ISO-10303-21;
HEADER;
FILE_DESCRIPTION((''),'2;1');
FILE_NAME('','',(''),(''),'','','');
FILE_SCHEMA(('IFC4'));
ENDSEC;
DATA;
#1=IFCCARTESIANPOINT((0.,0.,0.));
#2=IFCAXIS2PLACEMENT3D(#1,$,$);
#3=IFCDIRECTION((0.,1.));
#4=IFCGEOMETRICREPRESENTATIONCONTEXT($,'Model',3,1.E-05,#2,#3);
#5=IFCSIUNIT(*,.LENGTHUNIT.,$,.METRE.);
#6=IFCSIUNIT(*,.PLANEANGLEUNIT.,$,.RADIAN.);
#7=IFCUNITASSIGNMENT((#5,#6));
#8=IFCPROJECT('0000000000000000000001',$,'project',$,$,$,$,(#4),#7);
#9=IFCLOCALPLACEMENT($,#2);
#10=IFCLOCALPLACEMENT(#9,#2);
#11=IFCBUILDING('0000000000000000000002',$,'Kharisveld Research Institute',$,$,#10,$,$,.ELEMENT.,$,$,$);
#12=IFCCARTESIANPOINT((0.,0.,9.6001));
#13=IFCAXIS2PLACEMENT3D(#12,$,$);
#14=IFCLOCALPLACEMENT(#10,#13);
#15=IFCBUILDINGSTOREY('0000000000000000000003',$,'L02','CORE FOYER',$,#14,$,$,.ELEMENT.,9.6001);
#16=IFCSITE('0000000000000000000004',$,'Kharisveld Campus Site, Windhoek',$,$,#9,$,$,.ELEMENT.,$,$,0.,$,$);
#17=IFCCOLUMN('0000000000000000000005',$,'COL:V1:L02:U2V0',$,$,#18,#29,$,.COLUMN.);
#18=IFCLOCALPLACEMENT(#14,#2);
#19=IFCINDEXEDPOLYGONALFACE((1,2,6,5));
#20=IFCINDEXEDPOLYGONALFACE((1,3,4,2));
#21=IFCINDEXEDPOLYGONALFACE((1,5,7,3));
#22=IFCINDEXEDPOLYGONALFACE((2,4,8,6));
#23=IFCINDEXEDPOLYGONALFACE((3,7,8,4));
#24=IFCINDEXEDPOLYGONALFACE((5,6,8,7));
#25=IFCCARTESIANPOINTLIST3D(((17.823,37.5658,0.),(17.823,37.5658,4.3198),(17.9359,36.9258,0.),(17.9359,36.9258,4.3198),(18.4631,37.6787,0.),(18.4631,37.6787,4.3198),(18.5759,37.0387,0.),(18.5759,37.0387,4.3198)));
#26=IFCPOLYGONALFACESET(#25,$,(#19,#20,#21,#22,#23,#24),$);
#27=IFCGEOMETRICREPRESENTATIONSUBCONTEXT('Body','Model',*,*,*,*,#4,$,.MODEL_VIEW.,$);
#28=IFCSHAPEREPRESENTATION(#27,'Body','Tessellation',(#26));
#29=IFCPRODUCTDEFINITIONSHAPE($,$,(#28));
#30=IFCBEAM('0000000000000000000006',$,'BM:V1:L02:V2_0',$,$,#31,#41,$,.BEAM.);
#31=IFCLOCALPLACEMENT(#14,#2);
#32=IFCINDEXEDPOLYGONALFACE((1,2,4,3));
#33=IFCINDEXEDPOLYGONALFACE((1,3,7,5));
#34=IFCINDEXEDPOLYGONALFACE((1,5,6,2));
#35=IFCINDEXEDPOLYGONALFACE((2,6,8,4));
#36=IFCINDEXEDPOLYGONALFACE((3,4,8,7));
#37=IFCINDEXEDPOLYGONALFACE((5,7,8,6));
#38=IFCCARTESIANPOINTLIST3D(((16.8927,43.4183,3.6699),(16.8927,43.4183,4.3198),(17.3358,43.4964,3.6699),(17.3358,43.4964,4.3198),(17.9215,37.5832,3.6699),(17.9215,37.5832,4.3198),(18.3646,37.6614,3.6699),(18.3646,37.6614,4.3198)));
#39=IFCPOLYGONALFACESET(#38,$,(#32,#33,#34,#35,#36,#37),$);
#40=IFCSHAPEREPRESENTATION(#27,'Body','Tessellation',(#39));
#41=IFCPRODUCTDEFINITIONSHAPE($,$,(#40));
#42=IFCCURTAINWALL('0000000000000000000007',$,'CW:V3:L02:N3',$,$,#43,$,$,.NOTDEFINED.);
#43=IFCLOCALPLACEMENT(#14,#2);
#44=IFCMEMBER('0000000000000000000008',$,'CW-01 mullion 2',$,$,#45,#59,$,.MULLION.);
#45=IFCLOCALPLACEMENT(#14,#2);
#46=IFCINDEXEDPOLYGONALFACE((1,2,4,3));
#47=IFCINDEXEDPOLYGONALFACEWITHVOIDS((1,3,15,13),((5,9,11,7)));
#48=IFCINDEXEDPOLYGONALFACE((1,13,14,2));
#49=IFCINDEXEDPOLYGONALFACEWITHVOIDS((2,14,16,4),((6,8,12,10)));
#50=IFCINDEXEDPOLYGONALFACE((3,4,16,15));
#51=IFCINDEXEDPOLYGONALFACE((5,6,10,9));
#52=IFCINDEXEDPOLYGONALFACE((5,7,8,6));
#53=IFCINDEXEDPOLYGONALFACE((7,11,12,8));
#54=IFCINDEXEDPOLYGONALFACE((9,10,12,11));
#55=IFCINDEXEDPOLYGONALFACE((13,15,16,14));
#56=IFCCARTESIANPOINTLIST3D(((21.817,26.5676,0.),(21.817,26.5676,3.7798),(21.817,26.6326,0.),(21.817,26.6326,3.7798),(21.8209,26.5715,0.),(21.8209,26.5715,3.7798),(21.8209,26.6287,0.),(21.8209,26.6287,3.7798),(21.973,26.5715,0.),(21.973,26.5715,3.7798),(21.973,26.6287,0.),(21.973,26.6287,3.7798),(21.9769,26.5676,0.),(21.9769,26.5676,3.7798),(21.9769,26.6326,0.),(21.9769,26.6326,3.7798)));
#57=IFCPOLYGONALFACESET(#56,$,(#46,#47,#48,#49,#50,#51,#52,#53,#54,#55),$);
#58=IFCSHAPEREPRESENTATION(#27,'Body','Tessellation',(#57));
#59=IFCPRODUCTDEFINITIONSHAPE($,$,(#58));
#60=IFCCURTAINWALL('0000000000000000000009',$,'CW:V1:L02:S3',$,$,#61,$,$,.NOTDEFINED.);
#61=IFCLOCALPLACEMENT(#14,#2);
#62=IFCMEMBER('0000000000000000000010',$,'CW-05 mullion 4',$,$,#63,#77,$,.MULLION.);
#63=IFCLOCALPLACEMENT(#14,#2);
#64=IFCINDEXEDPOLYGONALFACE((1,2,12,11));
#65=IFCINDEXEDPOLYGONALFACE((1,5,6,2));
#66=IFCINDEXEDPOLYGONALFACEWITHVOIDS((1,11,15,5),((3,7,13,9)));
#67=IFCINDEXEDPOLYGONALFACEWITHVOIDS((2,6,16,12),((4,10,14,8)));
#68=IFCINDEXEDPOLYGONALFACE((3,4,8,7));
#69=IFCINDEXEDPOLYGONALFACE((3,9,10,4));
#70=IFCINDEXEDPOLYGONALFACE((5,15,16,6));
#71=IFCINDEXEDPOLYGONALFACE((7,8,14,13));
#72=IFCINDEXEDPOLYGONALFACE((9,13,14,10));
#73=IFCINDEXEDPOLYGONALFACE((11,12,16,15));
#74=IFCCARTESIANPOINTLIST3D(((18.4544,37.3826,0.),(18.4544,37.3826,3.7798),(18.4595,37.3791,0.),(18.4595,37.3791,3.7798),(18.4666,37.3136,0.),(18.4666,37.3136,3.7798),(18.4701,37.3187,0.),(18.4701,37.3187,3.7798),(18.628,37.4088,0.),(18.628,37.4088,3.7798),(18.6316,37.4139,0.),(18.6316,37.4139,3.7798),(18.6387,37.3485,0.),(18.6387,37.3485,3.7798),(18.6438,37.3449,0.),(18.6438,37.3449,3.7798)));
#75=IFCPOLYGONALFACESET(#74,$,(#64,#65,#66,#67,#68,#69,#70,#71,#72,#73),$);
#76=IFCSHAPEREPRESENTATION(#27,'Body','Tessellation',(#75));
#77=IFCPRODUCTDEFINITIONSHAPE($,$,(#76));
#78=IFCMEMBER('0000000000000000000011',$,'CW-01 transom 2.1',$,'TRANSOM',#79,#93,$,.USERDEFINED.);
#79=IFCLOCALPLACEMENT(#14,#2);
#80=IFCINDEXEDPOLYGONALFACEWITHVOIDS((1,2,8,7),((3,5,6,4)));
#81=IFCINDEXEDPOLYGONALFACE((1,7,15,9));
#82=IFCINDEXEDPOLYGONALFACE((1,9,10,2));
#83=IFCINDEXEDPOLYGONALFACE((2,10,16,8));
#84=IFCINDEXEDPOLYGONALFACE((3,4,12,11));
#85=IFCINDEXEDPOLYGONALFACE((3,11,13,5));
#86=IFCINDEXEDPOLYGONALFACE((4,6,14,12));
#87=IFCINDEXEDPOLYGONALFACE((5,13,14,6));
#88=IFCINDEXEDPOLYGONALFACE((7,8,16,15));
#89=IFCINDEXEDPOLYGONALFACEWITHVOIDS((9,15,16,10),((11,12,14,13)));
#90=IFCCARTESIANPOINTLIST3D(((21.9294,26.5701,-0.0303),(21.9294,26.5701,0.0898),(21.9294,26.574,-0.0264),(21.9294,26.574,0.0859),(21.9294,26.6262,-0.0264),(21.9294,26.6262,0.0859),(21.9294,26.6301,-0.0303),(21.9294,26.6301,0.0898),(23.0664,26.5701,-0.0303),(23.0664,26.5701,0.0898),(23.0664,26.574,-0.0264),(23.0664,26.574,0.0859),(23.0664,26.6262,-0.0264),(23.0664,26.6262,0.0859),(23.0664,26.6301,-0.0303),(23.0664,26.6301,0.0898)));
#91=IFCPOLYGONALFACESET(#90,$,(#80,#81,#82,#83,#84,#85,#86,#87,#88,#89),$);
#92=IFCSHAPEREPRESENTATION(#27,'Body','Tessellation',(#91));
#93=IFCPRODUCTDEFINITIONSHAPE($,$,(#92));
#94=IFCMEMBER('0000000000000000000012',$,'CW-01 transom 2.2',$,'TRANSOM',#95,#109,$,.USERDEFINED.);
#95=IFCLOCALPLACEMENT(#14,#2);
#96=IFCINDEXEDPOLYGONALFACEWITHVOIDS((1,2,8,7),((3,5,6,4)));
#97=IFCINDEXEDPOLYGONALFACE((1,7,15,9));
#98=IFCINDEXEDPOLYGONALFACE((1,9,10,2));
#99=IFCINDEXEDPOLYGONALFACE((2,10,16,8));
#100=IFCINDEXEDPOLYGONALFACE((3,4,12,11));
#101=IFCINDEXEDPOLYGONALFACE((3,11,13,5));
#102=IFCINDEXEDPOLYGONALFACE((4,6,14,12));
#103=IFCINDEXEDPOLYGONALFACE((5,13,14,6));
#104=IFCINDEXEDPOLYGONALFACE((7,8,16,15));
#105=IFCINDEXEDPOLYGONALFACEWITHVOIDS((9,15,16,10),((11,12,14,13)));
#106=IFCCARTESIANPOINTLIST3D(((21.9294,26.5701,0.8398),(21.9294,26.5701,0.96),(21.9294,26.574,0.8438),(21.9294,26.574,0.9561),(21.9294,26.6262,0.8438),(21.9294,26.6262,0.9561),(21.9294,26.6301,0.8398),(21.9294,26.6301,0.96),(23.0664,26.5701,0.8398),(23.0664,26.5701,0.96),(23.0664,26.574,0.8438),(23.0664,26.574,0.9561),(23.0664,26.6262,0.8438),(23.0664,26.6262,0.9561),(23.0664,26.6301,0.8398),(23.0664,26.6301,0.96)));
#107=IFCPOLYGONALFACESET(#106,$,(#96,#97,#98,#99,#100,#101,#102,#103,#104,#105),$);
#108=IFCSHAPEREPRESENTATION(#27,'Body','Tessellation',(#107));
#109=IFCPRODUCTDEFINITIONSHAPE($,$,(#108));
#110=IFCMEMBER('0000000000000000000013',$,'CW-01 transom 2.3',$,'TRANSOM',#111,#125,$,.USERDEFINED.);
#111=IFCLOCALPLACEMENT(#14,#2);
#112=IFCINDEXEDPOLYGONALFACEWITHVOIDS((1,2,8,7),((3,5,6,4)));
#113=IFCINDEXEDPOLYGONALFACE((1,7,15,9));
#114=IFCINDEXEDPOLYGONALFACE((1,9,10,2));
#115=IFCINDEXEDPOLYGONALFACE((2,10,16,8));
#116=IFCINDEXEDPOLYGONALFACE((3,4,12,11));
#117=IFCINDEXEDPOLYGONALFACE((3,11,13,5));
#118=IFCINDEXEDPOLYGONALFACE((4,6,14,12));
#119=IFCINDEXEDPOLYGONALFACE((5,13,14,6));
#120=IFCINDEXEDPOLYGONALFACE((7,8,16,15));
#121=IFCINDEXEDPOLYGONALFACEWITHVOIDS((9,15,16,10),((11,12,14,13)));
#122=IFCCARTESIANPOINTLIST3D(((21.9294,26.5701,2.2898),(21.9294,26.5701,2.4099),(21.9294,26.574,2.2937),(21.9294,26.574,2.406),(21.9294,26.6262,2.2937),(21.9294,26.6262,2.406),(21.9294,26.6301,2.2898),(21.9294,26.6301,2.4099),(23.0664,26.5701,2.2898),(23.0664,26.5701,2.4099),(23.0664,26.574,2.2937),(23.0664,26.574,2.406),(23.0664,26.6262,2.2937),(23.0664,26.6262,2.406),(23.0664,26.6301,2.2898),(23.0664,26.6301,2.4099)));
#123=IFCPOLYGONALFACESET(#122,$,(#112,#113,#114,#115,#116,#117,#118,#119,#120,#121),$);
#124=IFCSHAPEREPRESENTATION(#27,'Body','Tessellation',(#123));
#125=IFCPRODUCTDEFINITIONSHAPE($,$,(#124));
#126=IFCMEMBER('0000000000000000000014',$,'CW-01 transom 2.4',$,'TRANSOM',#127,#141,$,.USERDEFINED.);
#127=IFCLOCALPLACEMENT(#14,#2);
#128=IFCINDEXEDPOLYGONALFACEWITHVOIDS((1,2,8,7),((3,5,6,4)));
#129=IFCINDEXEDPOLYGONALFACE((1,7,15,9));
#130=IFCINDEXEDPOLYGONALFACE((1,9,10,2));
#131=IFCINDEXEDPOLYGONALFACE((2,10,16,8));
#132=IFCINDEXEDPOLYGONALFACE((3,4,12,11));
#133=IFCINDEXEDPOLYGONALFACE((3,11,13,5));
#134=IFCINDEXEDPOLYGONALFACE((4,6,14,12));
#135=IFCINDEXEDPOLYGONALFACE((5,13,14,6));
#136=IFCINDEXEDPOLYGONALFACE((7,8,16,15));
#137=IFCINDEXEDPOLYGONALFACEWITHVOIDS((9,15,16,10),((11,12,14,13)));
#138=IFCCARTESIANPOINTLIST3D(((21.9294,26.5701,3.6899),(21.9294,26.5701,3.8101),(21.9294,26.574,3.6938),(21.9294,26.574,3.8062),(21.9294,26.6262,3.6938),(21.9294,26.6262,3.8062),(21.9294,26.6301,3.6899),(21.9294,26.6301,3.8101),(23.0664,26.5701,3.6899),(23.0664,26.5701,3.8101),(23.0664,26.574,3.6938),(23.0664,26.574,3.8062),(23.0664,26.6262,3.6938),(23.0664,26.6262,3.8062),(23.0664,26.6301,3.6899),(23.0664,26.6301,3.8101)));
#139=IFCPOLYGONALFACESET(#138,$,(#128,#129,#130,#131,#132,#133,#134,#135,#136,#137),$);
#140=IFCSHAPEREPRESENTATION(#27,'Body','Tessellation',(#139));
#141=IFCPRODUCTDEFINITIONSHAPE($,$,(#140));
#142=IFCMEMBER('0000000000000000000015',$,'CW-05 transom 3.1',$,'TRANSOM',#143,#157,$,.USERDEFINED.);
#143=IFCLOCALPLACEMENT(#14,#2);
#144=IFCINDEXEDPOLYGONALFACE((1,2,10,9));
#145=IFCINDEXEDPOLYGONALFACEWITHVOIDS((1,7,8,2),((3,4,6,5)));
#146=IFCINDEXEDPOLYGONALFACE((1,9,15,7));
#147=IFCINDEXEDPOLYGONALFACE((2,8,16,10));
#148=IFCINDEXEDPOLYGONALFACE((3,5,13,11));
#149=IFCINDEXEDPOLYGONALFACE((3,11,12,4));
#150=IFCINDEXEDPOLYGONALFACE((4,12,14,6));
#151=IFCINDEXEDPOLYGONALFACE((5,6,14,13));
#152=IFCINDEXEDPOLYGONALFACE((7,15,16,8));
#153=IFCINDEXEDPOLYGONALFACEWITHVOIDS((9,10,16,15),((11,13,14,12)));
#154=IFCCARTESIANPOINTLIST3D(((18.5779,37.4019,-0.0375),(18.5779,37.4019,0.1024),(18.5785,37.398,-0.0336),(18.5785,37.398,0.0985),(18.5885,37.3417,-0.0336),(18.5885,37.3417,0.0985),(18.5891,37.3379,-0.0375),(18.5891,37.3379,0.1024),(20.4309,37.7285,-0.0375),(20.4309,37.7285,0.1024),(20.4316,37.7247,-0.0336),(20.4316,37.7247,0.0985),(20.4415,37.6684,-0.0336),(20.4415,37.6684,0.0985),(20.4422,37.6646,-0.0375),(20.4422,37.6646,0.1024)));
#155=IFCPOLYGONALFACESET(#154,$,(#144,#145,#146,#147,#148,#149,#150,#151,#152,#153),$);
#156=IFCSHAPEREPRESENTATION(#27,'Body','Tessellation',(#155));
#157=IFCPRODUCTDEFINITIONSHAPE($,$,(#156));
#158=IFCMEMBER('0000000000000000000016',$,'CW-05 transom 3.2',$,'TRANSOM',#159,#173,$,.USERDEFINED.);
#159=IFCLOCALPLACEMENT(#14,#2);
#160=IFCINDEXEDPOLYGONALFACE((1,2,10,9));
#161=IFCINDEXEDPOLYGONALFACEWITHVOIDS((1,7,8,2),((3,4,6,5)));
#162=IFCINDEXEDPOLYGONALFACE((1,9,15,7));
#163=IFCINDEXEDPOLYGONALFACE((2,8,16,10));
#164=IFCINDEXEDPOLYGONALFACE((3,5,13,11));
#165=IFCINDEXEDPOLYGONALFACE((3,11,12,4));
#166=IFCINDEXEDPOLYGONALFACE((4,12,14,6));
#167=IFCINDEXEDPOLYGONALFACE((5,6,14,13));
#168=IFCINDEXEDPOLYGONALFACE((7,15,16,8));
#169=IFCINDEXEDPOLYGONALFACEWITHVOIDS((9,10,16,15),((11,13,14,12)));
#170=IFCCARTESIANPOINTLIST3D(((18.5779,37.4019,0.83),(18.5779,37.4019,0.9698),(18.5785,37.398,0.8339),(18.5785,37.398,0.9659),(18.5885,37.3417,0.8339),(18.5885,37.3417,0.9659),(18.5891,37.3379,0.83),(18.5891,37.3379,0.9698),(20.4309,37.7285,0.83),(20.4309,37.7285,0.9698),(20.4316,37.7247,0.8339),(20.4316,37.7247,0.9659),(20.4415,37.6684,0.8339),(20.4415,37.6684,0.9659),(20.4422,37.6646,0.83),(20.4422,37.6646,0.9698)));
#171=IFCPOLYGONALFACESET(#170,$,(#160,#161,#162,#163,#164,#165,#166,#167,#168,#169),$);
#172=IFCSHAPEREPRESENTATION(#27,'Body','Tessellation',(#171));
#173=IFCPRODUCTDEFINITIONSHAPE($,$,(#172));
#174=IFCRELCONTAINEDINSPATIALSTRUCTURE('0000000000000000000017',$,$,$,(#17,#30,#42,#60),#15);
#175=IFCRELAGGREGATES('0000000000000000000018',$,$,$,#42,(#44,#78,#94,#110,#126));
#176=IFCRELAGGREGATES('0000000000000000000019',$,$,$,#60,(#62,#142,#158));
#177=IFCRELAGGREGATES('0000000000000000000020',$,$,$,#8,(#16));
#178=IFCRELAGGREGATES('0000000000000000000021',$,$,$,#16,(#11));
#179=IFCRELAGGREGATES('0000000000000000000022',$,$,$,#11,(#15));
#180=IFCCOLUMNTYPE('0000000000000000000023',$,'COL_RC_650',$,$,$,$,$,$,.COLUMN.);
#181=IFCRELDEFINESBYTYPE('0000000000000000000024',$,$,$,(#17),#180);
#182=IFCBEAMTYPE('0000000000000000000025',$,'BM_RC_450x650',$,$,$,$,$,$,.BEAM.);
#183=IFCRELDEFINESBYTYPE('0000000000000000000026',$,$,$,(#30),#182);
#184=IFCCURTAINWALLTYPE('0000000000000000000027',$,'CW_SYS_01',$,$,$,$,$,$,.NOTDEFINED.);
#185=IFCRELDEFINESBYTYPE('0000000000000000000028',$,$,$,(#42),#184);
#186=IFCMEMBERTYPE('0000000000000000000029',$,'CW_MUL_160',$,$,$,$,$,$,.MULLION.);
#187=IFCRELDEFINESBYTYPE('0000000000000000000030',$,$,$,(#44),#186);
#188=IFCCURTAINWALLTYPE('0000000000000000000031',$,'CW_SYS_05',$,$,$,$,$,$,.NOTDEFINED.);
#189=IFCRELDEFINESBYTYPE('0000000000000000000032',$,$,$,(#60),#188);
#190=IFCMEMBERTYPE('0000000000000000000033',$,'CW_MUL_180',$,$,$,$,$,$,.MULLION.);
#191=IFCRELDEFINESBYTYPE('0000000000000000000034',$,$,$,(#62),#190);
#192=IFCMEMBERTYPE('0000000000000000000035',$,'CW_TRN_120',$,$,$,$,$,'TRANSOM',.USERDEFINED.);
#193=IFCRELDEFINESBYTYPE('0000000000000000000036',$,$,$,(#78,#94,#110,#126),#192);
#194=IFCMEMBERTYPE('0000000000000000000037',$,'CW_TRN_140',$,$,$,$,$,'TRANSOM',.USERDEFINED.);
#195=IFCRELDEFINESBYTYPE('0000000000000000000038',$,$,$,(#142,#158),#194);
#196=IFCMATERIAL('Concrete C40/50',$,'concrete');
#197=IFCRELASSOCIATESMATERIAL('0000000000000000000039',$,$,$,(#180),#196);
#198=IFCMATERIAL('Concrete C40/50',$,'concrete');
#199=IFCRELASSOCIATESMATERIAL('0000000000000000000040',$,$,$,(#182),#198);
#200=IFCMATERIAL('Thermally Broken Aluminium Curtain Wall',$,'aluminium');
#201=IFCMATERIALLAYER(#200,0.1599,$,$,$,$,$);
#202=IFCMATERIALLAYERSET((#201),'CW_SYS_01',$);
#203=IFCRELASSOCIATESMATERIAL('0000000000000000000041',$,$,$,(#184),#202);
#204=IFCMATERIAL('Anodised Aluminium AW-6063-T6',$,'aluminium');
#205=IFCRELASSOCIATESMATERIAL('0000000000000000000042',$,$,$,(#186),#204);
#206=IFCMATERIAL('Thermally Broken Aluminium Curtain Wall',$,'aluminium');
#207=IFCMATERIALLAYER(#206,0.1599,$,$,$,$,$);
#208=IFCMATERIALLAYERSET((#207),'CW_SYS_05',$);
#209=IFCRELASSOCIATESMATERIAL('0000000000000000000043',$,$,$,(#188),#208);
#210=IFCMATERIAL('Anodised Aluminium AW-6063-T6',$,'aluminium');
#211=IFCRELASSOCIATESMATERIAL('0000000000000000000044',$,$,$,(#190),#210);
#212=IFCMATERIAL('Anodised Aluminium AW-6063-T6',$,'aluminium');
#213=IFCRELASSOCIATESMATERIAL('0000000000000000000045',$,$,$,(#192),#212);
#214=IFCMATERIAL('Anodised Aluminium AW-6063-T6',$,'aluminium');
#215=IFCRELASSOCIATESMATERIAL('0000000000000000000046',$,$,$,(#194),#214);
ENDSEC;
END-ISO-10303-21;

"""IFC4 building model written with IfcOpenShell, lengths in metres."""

from ifc_helpers import new_model, si_unit, direction, frame, origin, origin_2d, place, context, subcontext, project, spatial, rectangle, hollow_rectangle, extrude, material, layer, layer_set, material_profile, profile_set, type_object, element, aggregate, save


model = new_model("IFC4")

# Units and contexts
model_context = context("Model", 3, precision=1e-05, world=origin(), true_north=direction((0.0, 1.0)))
body_context = subcontext(model_context, "Body", "Model", "MODEL_VIEW")
ifc_project = project(units=[si_unit("LENGTHUNIT", "METRE"), si_unit("PLANEANGLEUNIT", "RADIAN")], contexts=[model_context])

# Site, building, storey
site_placement = place(None, origin())
site = spatial("IfcSite", under=ifc_project, at=site_placement, Name="Kharisveld Campus Site, Windhoek", CompositionType="ELEMENT", RefElevation=0.0)
building_placement = place(site_placement, origin())
building = spatial("IfcBuilding", under=site, at=building_placement, Name="Kharisveld Research Institute", CompositionType="ELEMENT")
storey_placement = place(building_placement, frame((0.0, 0.0, 9.6001)))
storey = spatial("IfcBuildingStorey", under=building, at=storey_placement, Name="L02", Description="CORE FOYER", CompositionType="ELEMENT", Elevation=9.6001)

# Column
ifc_material_1 = material(Name="Concrete C40/50", Category="concrete")
ifc_material_profile_1 = material_profile(ifc_material_1, rectangle(XDim=0.6499, YDim=0.6499, at=origin_2d()))
ifc_profile_set_1 = profile_set([ifc_material_profile_1], Name="Concrete C40/50")
column_type = type_object("IfcColumnType", Name="COL_RC_650", PredefinedType="COLUMN", material=ifc_profile_set_1)
column_placement = place(storey_placement, frame((18.1995, 37.3022, 0.0), z_axis=(0.0, 0.0, 1.0), x_axis=(0.984808, 0.173648, 0.0)))
element("IfcColumn", 1, at=column_placement, inside=storey, type_object=column_type, Name="COL:V1:L02:U2V0", PredefinedType="COLUMN", context=body_context, shape_type="SweptSolid", body=[
    extrude(rectangle(XDim=0.6499, YDim=0.6499, at=origin_2d()), origin(), (0.0, 0.0, 1.0), 4.3198),
])

# Beam
ifc_material_2 = material(Name="Concrete C40/50", Category="concrete")
ifc_material_profile_2 = material_profile(ifc_material_2, rectangle(XDim=0.45, YDim=0.6499, at=origin_2d()))
ifc_profile_set_2 = profile_set([ifc_material_profile_2], Name="Concrete C40/50")
beam_type_1 = type_object("IfcBeamType", Name="BM_RC_450x650", PredefinedType="BEAM", material=ifc_profile_set_2)
beam_1_placement = place(storey_placement, frame((18.1431, 37.6223, 3.9949), z_axis=(-0.17364, 0.984809, 0.0), x_axis=(-0.984809, -0.17364, 0.0)))
element("IfcBeam", 2, at=beam_1_placement, inside=storey, type_object=beam_type_1, Name="BM:V1:L02:V2_0", PredefinedType="BEAM", context=body_context, shape_type="SweptSolid", body=[
    extrude(rectangle(XDim=0.45, YDim=0.6499, at=origin_2d()), origin(), (0.0, 0.0, 1.0), 5.925),
])

# Curtain walls, members
ifc_material_3 = material(Name="Thermally Broken Aluminium Curtain Wall", Category="aluminium")
ifc_layer_1 = layer(ifc_material_3, 0.1599)
ifc_layer_set_1 = layer_set([ifc_layer_1], Name="CW_SYS_01")
curtain_wall_type_1 = type_object("IfcCurtainWallType", Name="CW_SYS_01", PredefinedType="NOTDEFINED", material=ifc_layer_set_1)
curtain_wall_1_placement = place(storey_placement, origin())
curtain_wall_1 = element("IfcCurtainWall", 3, at=curtain_wall_1_placement, inside=storey, type_object=curtain_wall_type_1, Name="CW:V3:L02:N3", PredefinedType="NOTDEFINED")
ifc_material_4 = material(Name="Anodised Aluminium AW-6063-T6", Category="aluminium")
ifc_material_profile_3 = material_profile(ifc_material_4, hollow_rectangle(XDim=0.0649, YDim=0.1599, WallThickness=0.0039, at=origin_2d()))
ifc_profile_set_3 = profile_set([ifc_material_profile_3], Name="Anodised Aluminium AW-6063-T6")
member_type_1 = type_object("IfcMemberType", Name="CW_MUL_160", PredefinedType="MULLION", material=ifc_profile_set_3)
member_1_placement = place(storey_placement, frame((21.897, 26.6001, 0.0), z_axis=(0.0, 0.0, 1.0), x_axis=(0.0, 1.0, 0.0)))
member_1 = element("IfcMember", 4, at=member_1_placement, type_object=member_type_1, Name="CW-01 mullion 2", PredefinedType="MULLION", context=body_context, shape_type="SweptSolid", body=[
    extrude(hollow_rectangle(XDim=0.0649, YDim=0.1599, WallThickness=0.0039, at=origin_2d()), origin(), (0.0, 0.0, 1.0), 3.7798),
])
ifc_material_5 = material(Name="Thermally Broken Aluminium Curtain Wall", Category="aluminium")
ifc_layer_2 = layer(ifc_material_5, 0.1599)
ifc_layer_set_2 = layer_set([ifc_layer_2], Name="CW_SYS_05")
curtain_wall_type_2 = type_object("IfcCurtainWallType", Name="CW_SYS_05", PredefinedType="NOTDEFINED", material=ifc_layer_set_2)
curtain_wall_2_placement = place(storey_placement, origin())
curtain_wall_2 = element("IfcCurtainWall", 5, at=curtain_wall_2_placement, inside=storey, type_object=curtain_wall_type_2, Name="CW:V1:L02:S3", PredefinedType="NOTDEFINED")
ifc_material_6 = material(Name="Anodised Aluminium AW-6063-T6", Category="aluminium")
ifc_material_profile_4 = material_profile(ifc_material_6, hollow_rectangle(XDim=0.0701, YDim=0.1799, WallThickness=0.0044, at=origin_2d()))
ifc_profile_set_4 = profile_set([ifc_material_profile_4], Name="Anodised Aluminium AW-6063-T6")
member_type_2 = type_object("IfcMemberType", Name="CW_MUL_180", PredefinedType="MULLION", material=ifc_profile_set_4)
member_2_placement = place(storey_placement, frame((18.5491, 37.3638, 0.0), z_axis=(0.0, 0.0, 1.0), x_axis=(0.173648, -0.984808, 0.0)))
member_2 = element("IfcMember", 6, at=member_2_placement, type_object=member_type_2, Name="CW-05 mullion 4", PredefinedType="MULLION", context=body_context, shape_type="SweptSolid", body=[
    extrude(hollow_rectangle(XDim=0.0701, YDim=0.1799, WallThickness=0.0044, at=origin_2d()), origin(), (0.0, 0.0, 1.0), 3.7798),
])

# Members
ifc_material_7 = material(Name="Anodised Aluminium AW-6063-T6", Category="aluminium")
ifc_material_profile_5 = material_profile(ifc_material_7, hollow_rectangle(XDim=0.0601, YDim=0.1201, WallThickness=0.0039, at=origin_2d()))
ifc_profile_set_5 = profile_set([ifc_material_profile_5], Name="Anodised Aluminium AW-6063-T6")
member_type_3 = type_object("IfcMemberType", Name="CW_TRN_120", ElementType="TRANSOM", PredefinedType="USERDEFINED", material=ifc_profile_set_5)
member_3_placement = place(storey_placement, frame((21.9294, 26.6001, 0.0298), z_axis=(1.0, 0.0, 0.0), x_axis=(0.0, 1.0, 0.0)))
member_3 = element("IfcMember", 7, at=member_3_placement, type_object=member_type_3, Name="CW-01 transom 2.1", ObjectType="TRANSOM", PredefinedType="USERDEFINED", context=body_context, shape_type="SweptSolid", body=[
    extrude(hollow_rectangle(XDim=0.0601, YDim=0.1201, WallThickness=0.0039, at=origin_2d()), origin(), (0.0, 0.0, 1.0), 1.137),
])
member_4_placement = place(storey_placement, frame((21.9294, 26.6001, 0.8999), z_axis=(1.0, 0.0, 0.0), x_axis=(0.0, 1.0, 0.0)))
member_4 = element("IfcMember", 8, at=member_4_placement, type_object=member_type_3, Name="CW-01 transom 2.2", ObjectType="TRANSOM", PredefinedType="USERDEFINED", context=body_context, shape_type="SweptSolid", body=[
    extrude(hollow_rectangle(XDim=0.0601, YDim=0.1201, WallThickness=0.0039, at=origin_2d()), origin(), (0.0, 0.0, 1.0), 1.137),
])
member_5_placement = place(storey_placement, frame((21.9294, 26.6001, 2.3499), z_axis=(1.0, 0.0, 0.0), x_axis=(0.0, 1.0, 0.0)))
member_5 = element("IfcMember", 9, at=member_5_placement, type_object=member_type_3, Name="CW-01 transom 2.3", ObjectType="TRANSOM", PredefinedType="USERDEFINED", context=body_context, shape_type="SweptSolid", body=[
    extrude(hollow_rectangle(XDim=0.0601, YDim=0.1201, WallThickness=0.0039, at=origin_2d()), origin(), (0.0, 0.0, 1.0), 1.137),
])
member_6_placement = place(storey_placement, frame((21.9294, 26.6001, 3.75), z_axis=(1.0, 0.0, 0.0), x_axis=(0.0, 1.0, 0.0)))
member_6 = element("IfcMember", 10, at=member_6_placement, type_object=member_type_3, Name="CW-01 transom 2.4", ObjectType="TRANSOM", PredefinedType="USERDEFINED", context=body_context, shape_type="SweptSolid", body=[
    extrude(hollow_rectangle(XDim=0.0601, YDim=0.1201, WallThickness=0.0039, at=origin_2d()), origin(), (0.0, 0.0, 1.0), 1.137),
])
ifc_material_8 = material(Name="Anodised Aluminium AW-6063-T6", Category="aluminium")
ifc_material_profile_6 = material_profile(ifc_material_8, hollow_rectangle(XDim=0.0649, YDim=0.1399, WallThickness=0.0039, at=origin_2d()))
ifc_profile_set_6 = profile_set([ifc_material_profile_6], Name="Anodised Aluminium AW-6063-T6")
member_type_4 = type_object("IfcMemberType", Name="CW_TRN_140", ElementType="TRANSOM", PredefinedType="USERDEFINED", material=ifc_profile_set_6)
member_7_placement = place(storey_placement, frame((20.4365, 37.6965, 0.0325), z_axis=(-0.984815, -0.173608, 0.0), x_axis=(0.173608, -0.984815, 0.0)))
member_7 = element("IfcMember", 11, at=member_7_placement, type_object=member_type_4, Name="CW-05 transom 3.1", ObjectType="TRANSOM", PredefinedType="USERDEFINED", context=body_context, shape_type="SweptSolid", body=[
    extrude(hollow_rectangle(XDim=0.0649, YDim=0.1399, WallThickness=0.0039, at=origin_2d()), origin(), (0.0, 0.0, 1.0), 1.8816),
])
member_8_placement = place(storey_placement, frame((20.4365, 37.6965, 0.8999), z_axis=(-0.984815, -0.173608, 0.0), x_axis=(0.173608, -0.984815, 0.0)))
member_8 = element("IfcMember", 12, at=member_8_placement, type_object=member_type_4, Name="CW-05 transom 3.2", ObjectType="TRANSOM", PredefinedType="USERDEFINED", context=body_context, shape_type="SweptSolid", body=[
    extrude(hollow_rectangle(XDim=0.0649, YDim=0.1399, WallThickness=0.0039, at=origin_2d()), origin(), (0.0, 0.0, 1.0), 1.8816),
])

aggregate(curtain_wall_1, [member_1, member_3, member_4, member_5, member_6])
aggregate(curtain_wall_2, [member_2, member_7, member_8])

save(model, "model.ifc")
